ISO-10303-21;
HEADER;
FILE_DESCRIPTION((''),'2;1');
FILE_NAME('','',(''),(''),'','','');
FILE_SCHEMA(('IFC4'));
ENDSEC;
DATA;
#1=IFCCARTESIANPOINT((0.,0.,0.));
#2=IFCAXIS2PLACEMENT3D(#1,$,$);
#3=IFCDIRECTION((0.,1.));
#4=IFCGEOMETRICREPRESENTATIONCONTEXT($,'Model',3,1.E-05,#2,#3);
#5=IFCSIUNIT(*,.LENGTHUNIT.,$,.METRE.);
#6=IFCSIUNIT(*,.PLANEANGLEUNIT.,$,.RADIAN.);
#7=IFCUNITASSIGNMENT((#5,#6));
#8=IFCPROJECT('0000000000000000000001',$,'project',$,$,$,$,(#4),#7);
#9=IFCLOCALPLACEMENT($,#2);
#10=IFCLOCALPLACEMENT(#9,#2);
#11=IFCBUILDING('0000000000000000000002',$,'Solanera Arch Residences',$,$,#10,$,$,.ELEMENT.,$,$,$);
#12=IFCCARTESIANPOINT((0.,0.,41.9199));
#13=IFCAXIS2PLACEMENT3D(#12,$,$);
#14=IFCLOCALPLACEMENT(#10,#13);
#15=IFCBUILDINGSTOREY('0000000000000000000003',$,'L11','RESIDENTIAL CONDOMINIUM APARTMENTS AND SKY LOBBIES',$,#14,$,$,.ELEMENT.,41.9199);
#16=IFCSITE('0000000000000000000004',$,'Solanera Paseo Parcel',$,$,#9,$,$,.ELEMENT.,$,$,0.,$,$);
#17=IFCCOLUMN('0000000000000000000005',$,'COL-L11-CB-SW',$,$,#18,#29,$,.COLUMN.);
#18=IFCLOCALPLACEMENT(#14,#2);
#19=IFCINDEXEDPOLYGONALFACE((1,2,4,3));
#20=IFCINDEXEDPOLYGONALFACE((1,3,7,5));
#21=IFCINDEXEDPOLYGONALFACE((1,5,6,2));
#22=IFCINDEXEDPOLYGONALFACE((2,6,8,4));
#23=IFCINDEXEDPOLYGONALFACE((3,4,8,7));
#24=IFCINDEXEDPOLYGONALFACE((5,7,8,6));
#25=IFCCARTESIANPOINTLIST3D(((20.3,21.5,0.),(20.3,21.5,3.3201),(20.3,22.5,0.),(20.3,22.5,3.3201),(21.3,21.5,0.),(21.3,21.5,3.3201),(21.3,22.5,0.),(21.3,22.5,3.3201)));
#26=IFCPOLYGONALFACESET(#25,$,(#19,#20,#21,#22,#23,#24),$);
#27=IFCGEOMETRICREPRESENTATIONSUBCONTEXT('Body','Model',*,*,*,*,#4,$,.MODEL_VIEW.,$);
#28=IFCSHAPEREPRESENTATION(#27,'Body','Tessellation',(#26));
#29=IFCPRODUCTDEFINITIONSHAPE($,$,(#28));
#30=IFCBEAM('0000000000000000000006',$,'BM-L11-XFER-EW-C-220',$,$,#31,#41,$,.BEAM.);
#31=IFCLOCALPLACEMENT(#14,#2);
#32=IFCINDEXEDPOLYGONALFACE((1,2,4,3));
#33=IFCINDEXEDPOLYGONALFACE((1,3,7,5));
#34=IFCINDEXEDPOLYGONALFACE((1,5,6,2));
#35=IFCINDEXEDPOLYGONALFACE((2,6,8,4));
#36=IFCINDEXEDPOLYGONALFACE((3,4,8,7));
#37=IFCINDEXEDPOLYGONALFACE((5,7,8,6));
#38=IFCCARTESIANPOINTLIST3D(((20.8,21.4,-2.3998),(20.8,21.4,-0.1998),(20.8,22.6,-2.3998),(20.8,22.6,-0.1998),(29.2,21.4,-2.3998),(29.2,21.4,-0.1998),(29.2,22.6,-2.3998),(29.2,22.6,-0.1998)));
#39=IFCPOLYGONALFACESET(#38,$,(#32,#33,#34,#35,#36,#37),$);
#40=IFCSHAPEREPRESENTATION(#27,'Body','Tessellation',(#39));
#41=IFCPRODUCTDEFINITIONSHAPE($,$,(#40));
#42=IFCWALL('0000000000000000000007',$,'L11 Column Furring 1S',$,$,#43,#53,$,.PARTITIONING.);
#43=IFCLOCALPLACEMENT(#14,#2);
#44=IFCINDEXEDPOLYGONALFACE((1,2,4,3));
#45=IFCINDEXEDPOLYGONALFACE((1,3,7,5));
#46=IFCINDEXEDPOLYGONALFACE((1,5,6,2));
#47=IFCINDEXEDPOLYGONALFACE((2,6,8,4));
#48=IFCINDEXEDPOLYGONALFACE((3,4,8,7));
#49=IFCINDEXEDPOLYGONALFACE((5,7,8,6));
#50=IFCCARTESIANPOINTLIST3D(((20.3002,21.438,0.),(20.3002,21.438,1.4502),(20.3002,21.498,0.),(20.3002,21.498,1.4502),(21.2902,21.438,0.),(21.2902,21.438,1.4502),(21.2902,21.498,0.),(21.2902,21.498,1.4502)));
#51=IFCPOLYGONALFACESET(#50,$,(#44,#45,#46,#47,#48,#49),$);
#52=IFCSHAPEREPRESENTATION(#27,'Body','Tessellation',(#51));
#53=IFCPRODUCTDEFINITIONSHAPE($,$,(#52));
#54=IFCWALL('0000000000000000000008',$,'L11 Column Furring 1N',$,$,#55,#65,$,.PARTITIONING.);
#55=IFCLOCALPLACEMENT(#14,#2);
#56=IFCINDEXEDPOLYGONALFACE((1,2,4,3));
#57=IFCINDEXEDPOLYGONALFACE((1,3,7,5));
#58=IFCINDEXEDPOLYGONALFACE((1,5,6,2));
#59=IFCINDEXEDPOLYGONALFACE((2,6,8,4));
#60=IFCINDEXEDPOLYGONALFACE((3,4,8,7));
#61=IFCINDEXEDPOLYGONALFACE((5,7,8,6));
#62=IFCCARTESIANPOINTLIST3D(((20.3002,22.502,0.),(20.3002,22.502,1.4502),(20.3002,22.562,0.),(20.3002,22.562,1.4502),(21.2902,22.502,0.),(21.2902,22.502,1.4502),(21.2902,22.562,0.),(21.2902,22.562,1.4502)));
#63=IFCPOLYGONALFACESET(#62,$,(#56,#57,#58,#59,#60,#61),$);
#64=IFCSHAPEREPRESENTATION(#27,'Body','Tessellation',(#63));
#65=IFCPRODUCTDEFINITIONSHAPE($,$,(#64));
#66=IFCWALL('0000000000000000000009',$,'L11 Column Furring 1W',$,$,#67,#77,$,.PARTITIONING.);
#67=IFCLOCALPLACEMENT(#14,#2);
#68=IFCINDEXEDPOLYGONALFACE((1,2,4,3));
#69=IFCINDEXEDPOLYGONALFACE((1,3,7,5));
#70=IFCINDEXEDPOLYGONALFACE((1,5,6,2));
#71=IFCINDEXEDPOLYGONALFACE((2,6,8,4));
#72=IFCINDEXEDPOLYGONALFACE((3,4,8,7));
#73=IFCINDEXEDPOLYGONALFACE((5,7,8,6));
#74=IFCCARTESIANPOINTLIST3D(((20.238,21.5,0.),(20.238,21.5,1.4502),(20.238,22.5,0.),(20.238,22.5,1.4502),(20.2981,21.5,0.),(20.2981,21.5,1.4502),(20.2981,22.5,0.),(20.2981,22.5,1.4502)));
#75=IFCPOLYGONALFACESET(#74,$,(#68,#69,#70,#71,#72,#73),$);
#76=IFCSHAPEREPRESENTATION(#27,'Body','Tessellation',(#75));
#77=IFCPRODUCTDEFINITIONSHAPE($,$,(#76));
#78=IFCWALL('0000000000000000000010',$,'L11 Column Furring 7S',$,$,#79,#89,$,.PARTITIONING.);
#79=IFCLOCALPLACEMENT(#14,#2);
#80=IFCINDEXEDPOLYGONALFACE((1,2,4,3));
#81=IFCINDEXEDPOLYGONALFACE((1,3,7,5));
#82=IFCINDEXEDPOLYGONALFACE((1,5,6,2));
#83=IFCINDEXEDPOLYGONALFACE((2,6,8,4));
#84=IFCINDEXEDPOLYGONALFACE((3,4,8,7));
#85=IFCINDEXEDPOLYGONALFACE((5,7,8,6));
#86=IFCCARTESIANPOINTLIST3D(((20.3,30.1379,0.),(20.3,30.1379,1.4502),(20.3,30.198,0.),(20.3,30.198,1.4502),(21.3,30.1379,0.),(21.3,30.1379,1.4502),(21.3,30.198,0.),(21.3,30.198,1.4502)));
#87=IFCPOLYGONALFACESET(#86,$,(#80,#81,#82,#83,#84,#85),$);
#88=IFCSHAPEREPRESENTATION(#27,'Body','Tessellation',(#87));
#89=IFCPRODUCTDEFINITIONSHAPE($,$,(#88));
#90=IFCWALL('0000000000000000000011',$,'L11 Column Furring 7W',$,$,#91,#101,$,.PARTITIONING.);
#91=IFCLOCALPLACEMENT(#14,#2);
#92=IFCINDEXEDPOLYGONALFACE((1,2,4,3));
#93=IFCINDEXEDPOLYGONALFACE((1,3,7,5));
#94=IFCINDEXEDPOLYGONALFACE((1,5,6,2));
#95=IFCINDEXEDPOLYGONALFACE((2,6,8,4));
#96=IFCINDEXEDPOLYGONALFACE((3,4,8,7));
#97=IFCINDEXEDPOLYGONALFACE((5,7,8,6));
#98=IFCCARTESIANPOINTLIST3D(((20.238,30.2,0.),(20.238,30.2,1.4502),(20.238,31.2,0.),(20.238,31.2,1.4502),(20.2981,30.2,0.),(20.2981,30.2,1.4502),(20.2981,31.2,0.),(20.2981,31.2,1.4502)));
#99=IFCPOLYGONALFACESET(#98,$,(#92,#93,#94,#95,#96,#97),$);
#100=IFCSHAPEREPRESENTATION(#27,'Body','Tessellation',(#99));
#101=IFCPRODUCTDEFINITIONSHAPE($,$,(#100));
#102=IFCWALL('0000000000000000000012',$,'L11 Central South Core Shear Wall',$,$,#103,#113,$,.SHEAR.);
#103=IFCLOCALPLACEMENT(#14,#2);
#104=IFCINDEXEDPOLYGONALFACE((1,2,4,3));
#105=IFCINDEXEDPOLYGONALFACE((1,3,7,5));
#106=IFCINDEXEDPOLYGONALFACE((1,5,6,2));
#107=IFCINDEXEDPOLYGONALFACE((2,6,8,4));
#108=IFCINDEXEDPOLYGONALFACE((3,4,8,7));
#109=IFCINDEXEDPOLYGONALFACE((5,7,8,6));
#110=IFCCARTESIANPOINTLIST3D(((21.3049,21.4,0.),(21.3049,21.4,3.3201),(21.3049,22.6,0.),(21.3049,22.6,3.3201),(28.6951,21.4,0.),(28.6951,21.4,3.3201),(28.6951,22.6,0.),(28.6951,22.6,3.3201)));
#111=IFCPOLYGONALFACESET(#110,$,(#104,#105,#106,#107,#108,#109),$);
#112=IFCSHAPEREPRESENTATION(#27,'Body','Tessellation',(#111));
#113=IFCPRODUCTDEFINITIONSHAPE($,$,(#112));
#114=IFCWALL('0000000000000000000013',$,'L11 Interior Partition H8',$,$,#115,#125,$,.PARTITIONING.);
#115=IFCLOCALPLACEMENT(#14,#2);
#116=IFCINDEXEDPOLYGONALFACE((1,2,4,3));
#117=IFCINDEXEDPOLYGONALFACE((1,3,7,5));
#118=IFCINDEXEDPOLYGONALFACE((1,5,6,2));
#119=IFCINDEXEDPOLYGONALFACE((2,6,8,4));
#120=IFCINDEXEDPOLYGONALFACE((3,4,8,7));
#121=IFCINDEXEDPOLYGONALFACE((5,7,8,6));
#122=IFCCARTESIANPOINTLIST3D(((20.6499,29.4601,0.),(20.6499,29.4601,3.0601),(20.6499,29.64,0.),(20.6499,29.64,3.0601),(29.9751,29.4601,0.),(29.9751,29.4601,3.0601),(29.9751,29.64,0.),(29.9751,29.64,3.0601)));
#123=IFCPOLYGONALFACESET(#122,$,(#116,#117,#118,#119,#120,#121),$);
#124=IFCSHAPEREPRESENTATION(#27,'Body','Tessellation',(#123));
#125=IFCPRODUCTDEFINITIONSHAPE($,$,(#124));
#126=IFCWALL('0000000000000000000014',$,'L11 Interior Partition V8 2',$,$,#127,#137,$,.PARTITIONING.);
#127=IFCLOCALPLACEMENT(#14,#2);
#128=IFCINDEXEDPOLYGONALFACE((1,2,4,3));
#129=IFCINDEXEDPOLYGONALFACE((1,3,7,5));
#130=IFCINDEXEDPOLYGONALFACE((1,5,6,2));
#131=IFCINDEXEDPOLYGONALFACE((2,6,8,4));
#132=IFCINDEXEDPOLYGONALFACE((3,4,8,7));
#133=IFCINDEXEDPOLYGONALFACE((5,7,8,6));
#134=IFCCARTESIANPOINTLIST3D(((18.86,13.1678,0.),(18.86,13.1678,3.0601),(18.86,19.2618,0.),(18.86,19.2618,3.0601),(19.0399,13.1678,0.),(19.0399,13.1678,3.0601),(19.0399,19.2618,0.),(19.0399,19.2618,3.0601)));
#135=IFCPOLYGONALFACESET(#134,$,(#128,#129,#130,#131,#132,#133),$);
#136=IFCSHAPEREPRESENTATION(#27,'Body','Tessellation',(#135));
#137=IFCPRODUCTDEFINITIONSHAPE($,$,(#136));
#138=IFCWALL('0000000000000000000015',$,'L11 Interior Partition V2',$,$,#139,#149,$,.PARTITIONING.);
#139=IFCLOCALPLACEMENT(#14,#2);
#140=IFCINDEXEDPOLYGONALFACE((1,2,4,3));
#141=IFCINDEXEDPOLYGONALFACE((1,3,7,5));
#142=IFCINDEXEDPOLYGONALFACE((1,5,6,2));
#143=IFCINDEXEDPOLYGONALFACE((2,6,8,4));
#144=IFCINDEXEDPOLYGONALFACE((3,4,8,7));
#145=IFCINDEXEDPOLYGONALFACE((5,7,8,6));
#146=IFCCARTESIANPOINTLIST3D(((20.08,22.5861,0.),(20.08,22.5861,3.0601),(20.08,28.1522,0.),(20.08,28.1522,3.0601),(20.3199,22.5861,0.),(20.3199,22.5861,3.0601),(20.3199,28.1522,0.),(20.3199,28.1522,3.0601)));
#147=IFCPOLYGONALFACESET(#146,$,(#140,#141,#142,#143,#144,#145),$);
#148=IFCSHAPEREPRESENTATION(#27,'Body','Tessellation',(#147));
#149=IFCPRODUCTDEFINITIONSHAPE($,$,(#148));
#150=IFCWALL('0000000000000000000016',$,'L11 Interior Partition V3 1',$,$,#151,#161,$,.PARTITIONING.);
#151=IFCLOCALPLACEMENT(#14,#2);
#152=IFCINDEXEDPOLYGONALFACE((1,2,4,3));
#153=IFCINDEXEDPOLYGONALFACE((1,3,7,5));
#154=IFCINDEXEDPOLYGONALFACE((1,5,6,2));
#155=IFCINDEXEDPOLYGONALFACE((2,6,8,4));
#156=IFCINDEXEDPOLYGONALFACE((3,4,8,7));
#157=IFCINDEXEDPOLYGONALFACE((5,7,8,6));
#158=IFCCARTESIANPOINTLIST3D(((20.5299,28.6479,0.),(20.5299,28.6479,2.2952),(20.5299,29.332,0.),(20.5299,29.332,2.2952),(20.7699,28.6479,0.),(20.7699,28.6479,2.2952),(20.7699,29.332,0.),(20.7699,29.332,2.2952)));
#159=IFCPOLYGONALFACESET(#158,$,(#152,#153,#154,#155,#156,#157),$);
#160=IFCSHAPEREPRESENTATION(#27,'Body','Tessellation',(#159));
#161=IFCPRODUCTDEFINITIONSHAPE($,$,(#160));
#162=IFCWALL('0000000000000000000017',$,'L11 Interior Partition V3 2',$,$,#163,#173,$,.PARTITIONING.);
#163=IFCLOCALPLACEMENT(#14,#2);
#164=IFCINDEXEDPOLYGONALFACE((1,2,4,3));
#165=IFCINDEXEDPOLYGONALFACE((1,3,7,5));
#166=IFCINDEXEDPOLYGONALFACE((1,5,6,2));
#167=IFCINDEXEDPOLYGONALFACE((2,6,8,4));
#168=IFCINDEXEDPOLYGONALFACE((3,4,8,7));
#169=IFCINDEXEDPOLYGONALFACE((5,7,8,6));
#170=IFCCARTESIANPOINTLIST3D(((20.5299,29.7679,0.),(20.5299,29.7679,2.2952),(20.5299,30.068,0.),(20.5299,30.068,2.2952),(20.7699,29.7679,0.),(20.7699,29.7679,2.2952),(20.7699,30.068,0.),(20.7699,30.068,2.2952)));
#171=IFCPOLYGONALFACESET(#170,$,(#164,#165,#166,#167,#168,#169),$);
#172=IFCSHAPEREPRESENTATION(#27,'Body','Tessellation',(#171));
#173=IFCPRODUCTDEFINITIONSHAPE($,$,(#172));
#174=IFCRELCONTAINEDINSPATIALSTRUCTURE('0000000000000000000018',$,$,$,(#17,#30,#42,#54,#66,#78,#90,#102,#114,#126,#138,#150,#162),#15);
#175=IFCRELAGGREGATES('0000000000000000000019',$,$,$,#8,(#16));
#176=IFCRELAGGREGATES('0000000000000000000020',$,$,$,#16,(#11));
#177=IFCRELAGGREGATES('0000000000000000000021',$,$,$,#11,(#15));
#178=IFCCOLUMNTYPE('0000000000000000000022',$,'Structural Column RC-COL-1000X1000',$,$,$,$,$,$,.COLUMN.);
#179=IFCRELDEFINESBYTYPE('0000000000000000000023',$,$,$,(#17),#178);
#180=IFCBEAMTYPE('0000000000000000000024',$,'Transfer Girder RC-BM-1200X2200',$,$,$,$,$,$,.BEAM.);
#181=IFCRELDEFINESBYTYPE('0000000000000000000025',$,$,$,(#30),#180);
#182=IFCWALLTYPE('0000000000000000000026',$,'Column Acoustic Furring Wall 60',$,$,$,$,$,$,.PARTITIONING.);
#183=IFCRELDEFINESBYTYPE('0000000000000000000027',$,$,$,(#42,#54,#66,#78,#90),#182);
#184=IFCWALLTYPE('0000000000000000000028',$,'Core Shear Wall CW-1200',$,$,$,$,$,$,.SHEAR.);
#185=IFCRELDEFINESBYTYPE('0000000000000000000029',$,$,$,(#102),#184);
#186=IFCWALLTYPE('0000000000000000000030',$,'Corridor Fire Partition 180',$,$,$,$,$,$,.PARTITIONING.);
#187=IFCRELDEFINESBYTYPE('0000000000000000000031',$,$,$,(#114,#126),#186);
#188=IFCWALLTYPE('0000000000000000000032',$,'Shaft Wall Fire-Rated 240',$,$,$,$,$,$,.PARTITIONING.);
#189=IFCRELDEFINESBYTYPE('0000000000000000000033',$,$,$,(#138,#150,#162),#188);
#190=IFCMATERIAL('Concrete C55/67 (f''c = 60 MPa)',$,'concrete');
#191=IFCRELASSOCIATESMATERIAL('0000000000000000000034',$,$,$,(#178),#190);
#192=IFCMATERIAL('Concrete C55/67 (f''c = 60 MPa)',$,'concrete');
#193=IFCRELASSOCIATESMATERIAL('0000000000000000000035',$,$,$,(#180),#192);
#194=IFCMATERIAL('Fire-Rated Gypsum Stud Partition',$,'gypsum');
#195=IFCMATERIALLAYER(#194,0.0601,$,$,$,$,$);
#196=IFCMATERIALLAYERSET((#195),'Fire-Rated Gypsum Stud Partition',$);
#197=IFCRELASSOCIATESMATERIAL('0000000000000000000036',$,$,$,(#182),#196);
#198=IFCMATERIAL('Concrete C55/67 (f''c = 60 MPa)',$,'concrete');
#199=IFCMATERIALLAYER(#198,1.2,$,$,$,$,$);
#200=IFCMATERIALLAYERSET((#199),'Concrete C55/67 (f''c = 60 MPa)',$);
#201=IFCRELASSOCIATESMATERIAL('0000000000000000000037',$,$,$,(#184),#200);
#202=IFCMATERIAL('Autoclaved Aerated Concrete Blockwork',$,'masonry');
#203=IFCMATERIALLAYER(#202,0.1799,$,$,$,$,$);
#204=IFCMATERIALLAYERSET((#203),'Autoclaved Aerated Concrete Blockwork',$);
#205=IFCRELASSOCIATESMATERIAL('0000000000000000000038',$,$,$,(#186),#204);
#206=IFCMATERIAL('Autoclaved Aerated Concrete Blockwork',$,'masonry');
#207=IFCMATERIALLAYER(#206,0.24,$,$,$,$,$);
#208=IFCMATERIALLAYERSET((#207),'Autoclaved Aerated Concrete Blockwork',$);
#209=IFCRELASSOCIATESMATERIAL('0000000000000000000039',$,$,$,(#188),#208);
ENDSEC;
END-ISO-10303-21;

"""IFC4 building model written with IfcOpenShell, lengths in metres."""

from ifc_helpers import new_model, si_unit, direction, frame, frame_2d, origin, origin_2d, place, context, subcontext, project, spatial, rectangle, extrude, material, layer, layer_set, material_profile, profile_set, type_object, element, save


model = new_model("IFC4")

# Units and contexts
model_context = context("Model", 3, precision=1e-05, world=origin(), true_north=direction((0.0, 1.0)))
body_context = subcontext(model_context, "Body", "Model", "MODEL_VIEW")
ifc_project = project(units=[si_unit("LENGTHUNIT", "METRE"), si_unit("PLANEANGLEUNIT", "RADIAN")], contexts=[model_context])

# Site, building, storey
site_placement = place(None, origin())
site = spatial("IfcSite", under=ifc_project, at=site_placement, Name="Solanera Paseo Parcel", CompositionType="ELEMENT", RefElevation=0.0)
building_placement = place(site_placement, origin())
building = spatial("IfcBuilding", under=site, at=building_placement, Name="Solanera Arch Residences", CompositionType="ELEMENT")
storey_placement = place(building_placement, frame((0.0, 0.0, 41.9199)))
storey = spatial("IfcBuildingStorey", under=building, at=storey_placement, Name="L11", Description="RESIDENTIAL CONDOMINIUM APARTMENTS AND SKY LOBBIES", CompositionType="ELEMENT", Elevation=41.9199)

# Column
ifc_material_1 = material(Name="Concrete C55/67 (f'c = 60 MPa)", Category="concrete")
ifc_material_profile_1 = material_profile(ifc_material_1, rectangle(XDim=1.0, YDim=1.0, at=origin_2d()))
ifc_profile_set_1 = profile_set([ifc_material_profile_1], Name="Concrete C55/67 (f'c = 60 MPa)")
column_type = type_object("IfcColumnType", Name="Structural Column RC-COL-1000X1000", PredefinedType="COLUMN", material=ifc_profile_set_1)
column_placement = place(storey_placement, frame((20.8, 22.0, 0.0), z_axis=(0.0, 0.0, 1.0), x_axis=(1.0, 0.0, 0.0)))
element("IfcColumn", 1, at=column_placement, inside=storey, type_object=column_type, Name="COL-L11-CB-SW", PredefinedType="COLUMN", context=body_context, shape_type="SweptSolid", body=[
    extrude(rectangle(XDim=1.0, YDim=1.0, at=origin_2d()), origin(), (0.0, 0.0, 1.0), 3.3201),
])

# Beam
ifc_material_2 = material(Name="Concrete C55/67 (f'c = 60 MPa)", Category="concrete")
ifc_material_profile_2 = material_profile(ifc_material_2, rectangle(XDim=1.2, YDim=2.2, at=origin_2d()))
ifc_profile_set_2 = profile_set([ifc_material_profile_2], Name="Concrete C55/67 (f'c = 60 MPa)")
beam_type = type_object("IfcBeamType", Name="Transfer Girder RC-BM-1200X2200", PredefinedType="BEAM", material=ifc_profile_set_2)
beam_placement = place(storey_placement, frame((20.8, 22.0, -1.2998), z_axis=(1.0, 0.0, 0.0), x_axis=(0.0, 1.0, 0.0)))
element("IfcBeam", 2, at=beam_placement, inside=storey, type_object=beam_type, Name="BM-L11-XFER-EW-C-220", PredefinedType="BEAM", context=body_context, shape_type="SweptSolid", body=[
    extrude(rectangle(XDim=1.2, YDim=2.2, at=origin_2d()), origin(), (0.0, 0.0, 1.0), 8.3999),
])

# Walls
ifc_material_3 = material(Name="Fire-Rated Gypsum Stud Partition", Category="gypsum")
ifc_layer_1 = layer(ifc_material_3, 0.0601)
ifc_layer_set_1 = layer_set([ifc_layer_1], Name="Fire-Rated Gypsum Stud Partition")
wall_type_1 = type_object("IfcWallType", Name="Column Acoustic Furring Wall 60", PredefinedType="PARTITIONING", material=ifc_layer_set_1)
for number, where, z_axis, x_axis, name in (
    (3, (20.3, 21.468, 0.0), (0.0, 0.0, 1.0), (1.0, 0.0, 0.0), "L11 Column Furring 1S"),
    (4, (20.3, 22.532, 0.0), (0.0, 0.0, 1.0), (1.0, 0.0, 0.0), "L11 Column Furring 1N"),
):
    element("IfcWall", number, at=place(storey_placement, frame(where, z_axis=z_axis, x_axis=x_axis)), inside=storey, type_object=wall_type_1, Name=name, PredefinedType="PARTITIONING", context=body_context, shape_type="SweptSolid", body=[
        extrude(rectangle(XDim=0.99, YDim=0.0601, at=frame_2d((0.4951, 0.0))), origin(), (0.0, 0.0, 1.0), 1.4502),
    ])
for number, where, z_axis, x_axis, name in (
    (5, (20.2681, 21.5, 0.0), (0.0, 0.0, 1.0), (0.0, 1.0, 0.0), "L11 Column Furring 1W"),
    (6, (20.3, 30.168, 0.0), (0.0, 0.0, 1.0), (1.0, 0.0, 0.0), "L11 Column Furring 7S"),
    (7, (20.2681, 30.2, 0.0), (0.0, 0.0, 1.0), (0.0, 1.0, 0.0), "L11 Column Furring 7W"),
):
    element("IfcWall", number, at=place(storey_placement, frame(where, z_axis=z_axis, x_axis=x_axis)), inside=storey, type_object=wall_type_1, Name=name, PredefinedType="PARTITIONING", context=body_context, shape_type="SweptSolid", body=[
        extrude(rectangle(XDim=1.0, YDim=0.0601, at=frame_2d((0.5, 0.0))), origin(), (0.0, 0.0, 1.0), 1.4502),
    ])
ifc_material_4 = material(Name="Concrete C55/67 (f'c = 60 MPa)", Category="concrete")
ifc_layer_2 = layer(ifc_material_4, 1.2)
ifc_layer_set_2 = layer_set([ifc_layer_2], Name="Concrete C55/67 (f'c = 60 MPa)")
wall_type_2 = type_object("IfcWallType", Name="Core Shear Wall CW-1200", PredefinedType="SHEAR", material=ifc_layer_set_2)
wall_1_placement = place(storey_placement, frame((21.3049, 22.0, 0.0), z_axis=(0.0, 0.0, 1.0), x_axis=(1.0, 0.0, 0.0)))
element("IfcWall", 8, at=wall_1_placement, inside=storey, type_object=wall_type_2, Name="L11 Central South Core Shear Wall", PredefinedType="SHEAR", context=body_context, shape_type="SweptSolid", body=[
    extrude(rectangle(XDim=7.3901, YDim=1.2, at=frame_2d((3.6951, 0.0))), origin(), (0.0, 0.0, 1.0), 3.3201),
])

# Walls
ifc_material_5 = material(Name="Autoclaved Aerated Concrete Blockwork", Category="masonry")
ifc_layer_3 = layer(ifc_material_5, 0.1799)
ifc_layer_set_3 = layer_set([ifc_layer_3], Name="Autoclaved Aerated Concrete Blockwork")
wall_type_3 = type_object("IfcWallType", Name="Corridor Fire Partition 180", PredefinedType="PARTITIONING", material=ifc_layer_set_3)
wall_2_placement = place(storey_placement, frame((20.6499, 29.55, 0.0), z_axis=(0.0, 0.0, 1.0), x_axis=(1.0, 0.0, 0.0)))
element("IfcWall", 9, at=wall_2_placement, inside=storey, type_object=wall_type_3, Name="L11 Interior Partition H8", PredefinedType="PARTITIONING", context=body_context, shape_type="SweptSolid", body=[
    extrude(rectangle(XDim=9.3252, YDim=0.1799, at=frame_2d((4.6626, 0.0))), origin(), (0.0, 0.0, 1.0), 3.0601),
])
wall_3_placement = place(storey_placement, frame((18.95, 13.168, 0.0), z_axis=(0.0, 0.0, 1.0), x_axis=(0.0, 1.0, 0.0)))
element("IfcWall", 10, at=wall_3_placement, inside=storey, type_object=wall_type_3, Name="L11 Interior Partition V8 2", PredefinedType="PARTITIONING", context=body_context, shape_type="SweptSolid", body=[
    extrude(rectangle(XDim=6.094, YDim=0.1799, at=frame_2d((3.0469, 0.0))), origin(), (0.0, 0.0, 1.0), 3.0601),
])

# Shared definitions
ifc_material_6 = material(Name="Autoclaved Aerated Concrete Blockwork", Category="masonry")
ifc_layer_4 = layer(ifc_material_6, 0.24)
ifc_layer_set_4 = layer_set([ifc_layer_4], Name="Autoclaved Aerated Concrete Blockwork")
wall_type_4 = type_object("IfcWallType", Name="Shaft Wall Fire-Rated 240", PredefinedType="PARTITIONING", material=ifc_layer_set_4)

# Walls
wall_4_placement = place(storey_placement, frame((20.2, 22.5859, 0.0), z_axis=(0.0, 0.0, 1.0), x_axis=(0.0, 1.0, 0.0)))
element("IfcWall", 11, at=wall_4_placement, inside=storey, type_object=wall_type_4, Name="L11 Interior Partition V2", PredefinedType="PARTITIONING", context=body_context, shape_type="SweptSolid", body=[
    extrude(rectangle(XDim=5.5662, YDim=0.24, at=frame_2d((2.7832, 0.0))), origin(), (0.0, 0.0, 1.0), 3.0601),
])
wall_5_placement = place(storey_placement, frame((20.6499, 28.6479, 0.0), z_axis=(0.0, 0.0, 1.0), x_axis=(0.0, 1.0, 0.0)))
element("IfcWall", 12, at=wall_5_placement, inside=storey, type_object=wall_type_4, Name="L11 Interior Partition V3 1", PredefinedType="PARTITIONING", context=body_context, shape_type="SweptSolid", body=[
    extrude(rectangle(XDim=0.6841, YDim=0.24, at=frame_2d((0.342, 0.0))), origin(), (0.0, 0.0, 1.0), 2.2952),
])
wall_6_placement = place(storey_placement, frame((20.6499, 29.7681, 0.0), z_axis=(0.0, 0.0, 1.0), x_axis=(0.0, 1.0, 0.0)))
element("IfcWall", 13, at=wall_6_placement, inside=storey, type_object=wall_type_4, Name="L11 Interior Partition V3 2", PredefinedType="PARTITIONING", context=body_context, shape_type="SweptSolid", body=[
    extrude(rectangle(XDim=0.3, YDim=0.24, at=frame_2d((0.1499, 0.0))), origin(), (0.0, 0.0, 1.0), 2.2952),
])

save(model, "model.ifc")
